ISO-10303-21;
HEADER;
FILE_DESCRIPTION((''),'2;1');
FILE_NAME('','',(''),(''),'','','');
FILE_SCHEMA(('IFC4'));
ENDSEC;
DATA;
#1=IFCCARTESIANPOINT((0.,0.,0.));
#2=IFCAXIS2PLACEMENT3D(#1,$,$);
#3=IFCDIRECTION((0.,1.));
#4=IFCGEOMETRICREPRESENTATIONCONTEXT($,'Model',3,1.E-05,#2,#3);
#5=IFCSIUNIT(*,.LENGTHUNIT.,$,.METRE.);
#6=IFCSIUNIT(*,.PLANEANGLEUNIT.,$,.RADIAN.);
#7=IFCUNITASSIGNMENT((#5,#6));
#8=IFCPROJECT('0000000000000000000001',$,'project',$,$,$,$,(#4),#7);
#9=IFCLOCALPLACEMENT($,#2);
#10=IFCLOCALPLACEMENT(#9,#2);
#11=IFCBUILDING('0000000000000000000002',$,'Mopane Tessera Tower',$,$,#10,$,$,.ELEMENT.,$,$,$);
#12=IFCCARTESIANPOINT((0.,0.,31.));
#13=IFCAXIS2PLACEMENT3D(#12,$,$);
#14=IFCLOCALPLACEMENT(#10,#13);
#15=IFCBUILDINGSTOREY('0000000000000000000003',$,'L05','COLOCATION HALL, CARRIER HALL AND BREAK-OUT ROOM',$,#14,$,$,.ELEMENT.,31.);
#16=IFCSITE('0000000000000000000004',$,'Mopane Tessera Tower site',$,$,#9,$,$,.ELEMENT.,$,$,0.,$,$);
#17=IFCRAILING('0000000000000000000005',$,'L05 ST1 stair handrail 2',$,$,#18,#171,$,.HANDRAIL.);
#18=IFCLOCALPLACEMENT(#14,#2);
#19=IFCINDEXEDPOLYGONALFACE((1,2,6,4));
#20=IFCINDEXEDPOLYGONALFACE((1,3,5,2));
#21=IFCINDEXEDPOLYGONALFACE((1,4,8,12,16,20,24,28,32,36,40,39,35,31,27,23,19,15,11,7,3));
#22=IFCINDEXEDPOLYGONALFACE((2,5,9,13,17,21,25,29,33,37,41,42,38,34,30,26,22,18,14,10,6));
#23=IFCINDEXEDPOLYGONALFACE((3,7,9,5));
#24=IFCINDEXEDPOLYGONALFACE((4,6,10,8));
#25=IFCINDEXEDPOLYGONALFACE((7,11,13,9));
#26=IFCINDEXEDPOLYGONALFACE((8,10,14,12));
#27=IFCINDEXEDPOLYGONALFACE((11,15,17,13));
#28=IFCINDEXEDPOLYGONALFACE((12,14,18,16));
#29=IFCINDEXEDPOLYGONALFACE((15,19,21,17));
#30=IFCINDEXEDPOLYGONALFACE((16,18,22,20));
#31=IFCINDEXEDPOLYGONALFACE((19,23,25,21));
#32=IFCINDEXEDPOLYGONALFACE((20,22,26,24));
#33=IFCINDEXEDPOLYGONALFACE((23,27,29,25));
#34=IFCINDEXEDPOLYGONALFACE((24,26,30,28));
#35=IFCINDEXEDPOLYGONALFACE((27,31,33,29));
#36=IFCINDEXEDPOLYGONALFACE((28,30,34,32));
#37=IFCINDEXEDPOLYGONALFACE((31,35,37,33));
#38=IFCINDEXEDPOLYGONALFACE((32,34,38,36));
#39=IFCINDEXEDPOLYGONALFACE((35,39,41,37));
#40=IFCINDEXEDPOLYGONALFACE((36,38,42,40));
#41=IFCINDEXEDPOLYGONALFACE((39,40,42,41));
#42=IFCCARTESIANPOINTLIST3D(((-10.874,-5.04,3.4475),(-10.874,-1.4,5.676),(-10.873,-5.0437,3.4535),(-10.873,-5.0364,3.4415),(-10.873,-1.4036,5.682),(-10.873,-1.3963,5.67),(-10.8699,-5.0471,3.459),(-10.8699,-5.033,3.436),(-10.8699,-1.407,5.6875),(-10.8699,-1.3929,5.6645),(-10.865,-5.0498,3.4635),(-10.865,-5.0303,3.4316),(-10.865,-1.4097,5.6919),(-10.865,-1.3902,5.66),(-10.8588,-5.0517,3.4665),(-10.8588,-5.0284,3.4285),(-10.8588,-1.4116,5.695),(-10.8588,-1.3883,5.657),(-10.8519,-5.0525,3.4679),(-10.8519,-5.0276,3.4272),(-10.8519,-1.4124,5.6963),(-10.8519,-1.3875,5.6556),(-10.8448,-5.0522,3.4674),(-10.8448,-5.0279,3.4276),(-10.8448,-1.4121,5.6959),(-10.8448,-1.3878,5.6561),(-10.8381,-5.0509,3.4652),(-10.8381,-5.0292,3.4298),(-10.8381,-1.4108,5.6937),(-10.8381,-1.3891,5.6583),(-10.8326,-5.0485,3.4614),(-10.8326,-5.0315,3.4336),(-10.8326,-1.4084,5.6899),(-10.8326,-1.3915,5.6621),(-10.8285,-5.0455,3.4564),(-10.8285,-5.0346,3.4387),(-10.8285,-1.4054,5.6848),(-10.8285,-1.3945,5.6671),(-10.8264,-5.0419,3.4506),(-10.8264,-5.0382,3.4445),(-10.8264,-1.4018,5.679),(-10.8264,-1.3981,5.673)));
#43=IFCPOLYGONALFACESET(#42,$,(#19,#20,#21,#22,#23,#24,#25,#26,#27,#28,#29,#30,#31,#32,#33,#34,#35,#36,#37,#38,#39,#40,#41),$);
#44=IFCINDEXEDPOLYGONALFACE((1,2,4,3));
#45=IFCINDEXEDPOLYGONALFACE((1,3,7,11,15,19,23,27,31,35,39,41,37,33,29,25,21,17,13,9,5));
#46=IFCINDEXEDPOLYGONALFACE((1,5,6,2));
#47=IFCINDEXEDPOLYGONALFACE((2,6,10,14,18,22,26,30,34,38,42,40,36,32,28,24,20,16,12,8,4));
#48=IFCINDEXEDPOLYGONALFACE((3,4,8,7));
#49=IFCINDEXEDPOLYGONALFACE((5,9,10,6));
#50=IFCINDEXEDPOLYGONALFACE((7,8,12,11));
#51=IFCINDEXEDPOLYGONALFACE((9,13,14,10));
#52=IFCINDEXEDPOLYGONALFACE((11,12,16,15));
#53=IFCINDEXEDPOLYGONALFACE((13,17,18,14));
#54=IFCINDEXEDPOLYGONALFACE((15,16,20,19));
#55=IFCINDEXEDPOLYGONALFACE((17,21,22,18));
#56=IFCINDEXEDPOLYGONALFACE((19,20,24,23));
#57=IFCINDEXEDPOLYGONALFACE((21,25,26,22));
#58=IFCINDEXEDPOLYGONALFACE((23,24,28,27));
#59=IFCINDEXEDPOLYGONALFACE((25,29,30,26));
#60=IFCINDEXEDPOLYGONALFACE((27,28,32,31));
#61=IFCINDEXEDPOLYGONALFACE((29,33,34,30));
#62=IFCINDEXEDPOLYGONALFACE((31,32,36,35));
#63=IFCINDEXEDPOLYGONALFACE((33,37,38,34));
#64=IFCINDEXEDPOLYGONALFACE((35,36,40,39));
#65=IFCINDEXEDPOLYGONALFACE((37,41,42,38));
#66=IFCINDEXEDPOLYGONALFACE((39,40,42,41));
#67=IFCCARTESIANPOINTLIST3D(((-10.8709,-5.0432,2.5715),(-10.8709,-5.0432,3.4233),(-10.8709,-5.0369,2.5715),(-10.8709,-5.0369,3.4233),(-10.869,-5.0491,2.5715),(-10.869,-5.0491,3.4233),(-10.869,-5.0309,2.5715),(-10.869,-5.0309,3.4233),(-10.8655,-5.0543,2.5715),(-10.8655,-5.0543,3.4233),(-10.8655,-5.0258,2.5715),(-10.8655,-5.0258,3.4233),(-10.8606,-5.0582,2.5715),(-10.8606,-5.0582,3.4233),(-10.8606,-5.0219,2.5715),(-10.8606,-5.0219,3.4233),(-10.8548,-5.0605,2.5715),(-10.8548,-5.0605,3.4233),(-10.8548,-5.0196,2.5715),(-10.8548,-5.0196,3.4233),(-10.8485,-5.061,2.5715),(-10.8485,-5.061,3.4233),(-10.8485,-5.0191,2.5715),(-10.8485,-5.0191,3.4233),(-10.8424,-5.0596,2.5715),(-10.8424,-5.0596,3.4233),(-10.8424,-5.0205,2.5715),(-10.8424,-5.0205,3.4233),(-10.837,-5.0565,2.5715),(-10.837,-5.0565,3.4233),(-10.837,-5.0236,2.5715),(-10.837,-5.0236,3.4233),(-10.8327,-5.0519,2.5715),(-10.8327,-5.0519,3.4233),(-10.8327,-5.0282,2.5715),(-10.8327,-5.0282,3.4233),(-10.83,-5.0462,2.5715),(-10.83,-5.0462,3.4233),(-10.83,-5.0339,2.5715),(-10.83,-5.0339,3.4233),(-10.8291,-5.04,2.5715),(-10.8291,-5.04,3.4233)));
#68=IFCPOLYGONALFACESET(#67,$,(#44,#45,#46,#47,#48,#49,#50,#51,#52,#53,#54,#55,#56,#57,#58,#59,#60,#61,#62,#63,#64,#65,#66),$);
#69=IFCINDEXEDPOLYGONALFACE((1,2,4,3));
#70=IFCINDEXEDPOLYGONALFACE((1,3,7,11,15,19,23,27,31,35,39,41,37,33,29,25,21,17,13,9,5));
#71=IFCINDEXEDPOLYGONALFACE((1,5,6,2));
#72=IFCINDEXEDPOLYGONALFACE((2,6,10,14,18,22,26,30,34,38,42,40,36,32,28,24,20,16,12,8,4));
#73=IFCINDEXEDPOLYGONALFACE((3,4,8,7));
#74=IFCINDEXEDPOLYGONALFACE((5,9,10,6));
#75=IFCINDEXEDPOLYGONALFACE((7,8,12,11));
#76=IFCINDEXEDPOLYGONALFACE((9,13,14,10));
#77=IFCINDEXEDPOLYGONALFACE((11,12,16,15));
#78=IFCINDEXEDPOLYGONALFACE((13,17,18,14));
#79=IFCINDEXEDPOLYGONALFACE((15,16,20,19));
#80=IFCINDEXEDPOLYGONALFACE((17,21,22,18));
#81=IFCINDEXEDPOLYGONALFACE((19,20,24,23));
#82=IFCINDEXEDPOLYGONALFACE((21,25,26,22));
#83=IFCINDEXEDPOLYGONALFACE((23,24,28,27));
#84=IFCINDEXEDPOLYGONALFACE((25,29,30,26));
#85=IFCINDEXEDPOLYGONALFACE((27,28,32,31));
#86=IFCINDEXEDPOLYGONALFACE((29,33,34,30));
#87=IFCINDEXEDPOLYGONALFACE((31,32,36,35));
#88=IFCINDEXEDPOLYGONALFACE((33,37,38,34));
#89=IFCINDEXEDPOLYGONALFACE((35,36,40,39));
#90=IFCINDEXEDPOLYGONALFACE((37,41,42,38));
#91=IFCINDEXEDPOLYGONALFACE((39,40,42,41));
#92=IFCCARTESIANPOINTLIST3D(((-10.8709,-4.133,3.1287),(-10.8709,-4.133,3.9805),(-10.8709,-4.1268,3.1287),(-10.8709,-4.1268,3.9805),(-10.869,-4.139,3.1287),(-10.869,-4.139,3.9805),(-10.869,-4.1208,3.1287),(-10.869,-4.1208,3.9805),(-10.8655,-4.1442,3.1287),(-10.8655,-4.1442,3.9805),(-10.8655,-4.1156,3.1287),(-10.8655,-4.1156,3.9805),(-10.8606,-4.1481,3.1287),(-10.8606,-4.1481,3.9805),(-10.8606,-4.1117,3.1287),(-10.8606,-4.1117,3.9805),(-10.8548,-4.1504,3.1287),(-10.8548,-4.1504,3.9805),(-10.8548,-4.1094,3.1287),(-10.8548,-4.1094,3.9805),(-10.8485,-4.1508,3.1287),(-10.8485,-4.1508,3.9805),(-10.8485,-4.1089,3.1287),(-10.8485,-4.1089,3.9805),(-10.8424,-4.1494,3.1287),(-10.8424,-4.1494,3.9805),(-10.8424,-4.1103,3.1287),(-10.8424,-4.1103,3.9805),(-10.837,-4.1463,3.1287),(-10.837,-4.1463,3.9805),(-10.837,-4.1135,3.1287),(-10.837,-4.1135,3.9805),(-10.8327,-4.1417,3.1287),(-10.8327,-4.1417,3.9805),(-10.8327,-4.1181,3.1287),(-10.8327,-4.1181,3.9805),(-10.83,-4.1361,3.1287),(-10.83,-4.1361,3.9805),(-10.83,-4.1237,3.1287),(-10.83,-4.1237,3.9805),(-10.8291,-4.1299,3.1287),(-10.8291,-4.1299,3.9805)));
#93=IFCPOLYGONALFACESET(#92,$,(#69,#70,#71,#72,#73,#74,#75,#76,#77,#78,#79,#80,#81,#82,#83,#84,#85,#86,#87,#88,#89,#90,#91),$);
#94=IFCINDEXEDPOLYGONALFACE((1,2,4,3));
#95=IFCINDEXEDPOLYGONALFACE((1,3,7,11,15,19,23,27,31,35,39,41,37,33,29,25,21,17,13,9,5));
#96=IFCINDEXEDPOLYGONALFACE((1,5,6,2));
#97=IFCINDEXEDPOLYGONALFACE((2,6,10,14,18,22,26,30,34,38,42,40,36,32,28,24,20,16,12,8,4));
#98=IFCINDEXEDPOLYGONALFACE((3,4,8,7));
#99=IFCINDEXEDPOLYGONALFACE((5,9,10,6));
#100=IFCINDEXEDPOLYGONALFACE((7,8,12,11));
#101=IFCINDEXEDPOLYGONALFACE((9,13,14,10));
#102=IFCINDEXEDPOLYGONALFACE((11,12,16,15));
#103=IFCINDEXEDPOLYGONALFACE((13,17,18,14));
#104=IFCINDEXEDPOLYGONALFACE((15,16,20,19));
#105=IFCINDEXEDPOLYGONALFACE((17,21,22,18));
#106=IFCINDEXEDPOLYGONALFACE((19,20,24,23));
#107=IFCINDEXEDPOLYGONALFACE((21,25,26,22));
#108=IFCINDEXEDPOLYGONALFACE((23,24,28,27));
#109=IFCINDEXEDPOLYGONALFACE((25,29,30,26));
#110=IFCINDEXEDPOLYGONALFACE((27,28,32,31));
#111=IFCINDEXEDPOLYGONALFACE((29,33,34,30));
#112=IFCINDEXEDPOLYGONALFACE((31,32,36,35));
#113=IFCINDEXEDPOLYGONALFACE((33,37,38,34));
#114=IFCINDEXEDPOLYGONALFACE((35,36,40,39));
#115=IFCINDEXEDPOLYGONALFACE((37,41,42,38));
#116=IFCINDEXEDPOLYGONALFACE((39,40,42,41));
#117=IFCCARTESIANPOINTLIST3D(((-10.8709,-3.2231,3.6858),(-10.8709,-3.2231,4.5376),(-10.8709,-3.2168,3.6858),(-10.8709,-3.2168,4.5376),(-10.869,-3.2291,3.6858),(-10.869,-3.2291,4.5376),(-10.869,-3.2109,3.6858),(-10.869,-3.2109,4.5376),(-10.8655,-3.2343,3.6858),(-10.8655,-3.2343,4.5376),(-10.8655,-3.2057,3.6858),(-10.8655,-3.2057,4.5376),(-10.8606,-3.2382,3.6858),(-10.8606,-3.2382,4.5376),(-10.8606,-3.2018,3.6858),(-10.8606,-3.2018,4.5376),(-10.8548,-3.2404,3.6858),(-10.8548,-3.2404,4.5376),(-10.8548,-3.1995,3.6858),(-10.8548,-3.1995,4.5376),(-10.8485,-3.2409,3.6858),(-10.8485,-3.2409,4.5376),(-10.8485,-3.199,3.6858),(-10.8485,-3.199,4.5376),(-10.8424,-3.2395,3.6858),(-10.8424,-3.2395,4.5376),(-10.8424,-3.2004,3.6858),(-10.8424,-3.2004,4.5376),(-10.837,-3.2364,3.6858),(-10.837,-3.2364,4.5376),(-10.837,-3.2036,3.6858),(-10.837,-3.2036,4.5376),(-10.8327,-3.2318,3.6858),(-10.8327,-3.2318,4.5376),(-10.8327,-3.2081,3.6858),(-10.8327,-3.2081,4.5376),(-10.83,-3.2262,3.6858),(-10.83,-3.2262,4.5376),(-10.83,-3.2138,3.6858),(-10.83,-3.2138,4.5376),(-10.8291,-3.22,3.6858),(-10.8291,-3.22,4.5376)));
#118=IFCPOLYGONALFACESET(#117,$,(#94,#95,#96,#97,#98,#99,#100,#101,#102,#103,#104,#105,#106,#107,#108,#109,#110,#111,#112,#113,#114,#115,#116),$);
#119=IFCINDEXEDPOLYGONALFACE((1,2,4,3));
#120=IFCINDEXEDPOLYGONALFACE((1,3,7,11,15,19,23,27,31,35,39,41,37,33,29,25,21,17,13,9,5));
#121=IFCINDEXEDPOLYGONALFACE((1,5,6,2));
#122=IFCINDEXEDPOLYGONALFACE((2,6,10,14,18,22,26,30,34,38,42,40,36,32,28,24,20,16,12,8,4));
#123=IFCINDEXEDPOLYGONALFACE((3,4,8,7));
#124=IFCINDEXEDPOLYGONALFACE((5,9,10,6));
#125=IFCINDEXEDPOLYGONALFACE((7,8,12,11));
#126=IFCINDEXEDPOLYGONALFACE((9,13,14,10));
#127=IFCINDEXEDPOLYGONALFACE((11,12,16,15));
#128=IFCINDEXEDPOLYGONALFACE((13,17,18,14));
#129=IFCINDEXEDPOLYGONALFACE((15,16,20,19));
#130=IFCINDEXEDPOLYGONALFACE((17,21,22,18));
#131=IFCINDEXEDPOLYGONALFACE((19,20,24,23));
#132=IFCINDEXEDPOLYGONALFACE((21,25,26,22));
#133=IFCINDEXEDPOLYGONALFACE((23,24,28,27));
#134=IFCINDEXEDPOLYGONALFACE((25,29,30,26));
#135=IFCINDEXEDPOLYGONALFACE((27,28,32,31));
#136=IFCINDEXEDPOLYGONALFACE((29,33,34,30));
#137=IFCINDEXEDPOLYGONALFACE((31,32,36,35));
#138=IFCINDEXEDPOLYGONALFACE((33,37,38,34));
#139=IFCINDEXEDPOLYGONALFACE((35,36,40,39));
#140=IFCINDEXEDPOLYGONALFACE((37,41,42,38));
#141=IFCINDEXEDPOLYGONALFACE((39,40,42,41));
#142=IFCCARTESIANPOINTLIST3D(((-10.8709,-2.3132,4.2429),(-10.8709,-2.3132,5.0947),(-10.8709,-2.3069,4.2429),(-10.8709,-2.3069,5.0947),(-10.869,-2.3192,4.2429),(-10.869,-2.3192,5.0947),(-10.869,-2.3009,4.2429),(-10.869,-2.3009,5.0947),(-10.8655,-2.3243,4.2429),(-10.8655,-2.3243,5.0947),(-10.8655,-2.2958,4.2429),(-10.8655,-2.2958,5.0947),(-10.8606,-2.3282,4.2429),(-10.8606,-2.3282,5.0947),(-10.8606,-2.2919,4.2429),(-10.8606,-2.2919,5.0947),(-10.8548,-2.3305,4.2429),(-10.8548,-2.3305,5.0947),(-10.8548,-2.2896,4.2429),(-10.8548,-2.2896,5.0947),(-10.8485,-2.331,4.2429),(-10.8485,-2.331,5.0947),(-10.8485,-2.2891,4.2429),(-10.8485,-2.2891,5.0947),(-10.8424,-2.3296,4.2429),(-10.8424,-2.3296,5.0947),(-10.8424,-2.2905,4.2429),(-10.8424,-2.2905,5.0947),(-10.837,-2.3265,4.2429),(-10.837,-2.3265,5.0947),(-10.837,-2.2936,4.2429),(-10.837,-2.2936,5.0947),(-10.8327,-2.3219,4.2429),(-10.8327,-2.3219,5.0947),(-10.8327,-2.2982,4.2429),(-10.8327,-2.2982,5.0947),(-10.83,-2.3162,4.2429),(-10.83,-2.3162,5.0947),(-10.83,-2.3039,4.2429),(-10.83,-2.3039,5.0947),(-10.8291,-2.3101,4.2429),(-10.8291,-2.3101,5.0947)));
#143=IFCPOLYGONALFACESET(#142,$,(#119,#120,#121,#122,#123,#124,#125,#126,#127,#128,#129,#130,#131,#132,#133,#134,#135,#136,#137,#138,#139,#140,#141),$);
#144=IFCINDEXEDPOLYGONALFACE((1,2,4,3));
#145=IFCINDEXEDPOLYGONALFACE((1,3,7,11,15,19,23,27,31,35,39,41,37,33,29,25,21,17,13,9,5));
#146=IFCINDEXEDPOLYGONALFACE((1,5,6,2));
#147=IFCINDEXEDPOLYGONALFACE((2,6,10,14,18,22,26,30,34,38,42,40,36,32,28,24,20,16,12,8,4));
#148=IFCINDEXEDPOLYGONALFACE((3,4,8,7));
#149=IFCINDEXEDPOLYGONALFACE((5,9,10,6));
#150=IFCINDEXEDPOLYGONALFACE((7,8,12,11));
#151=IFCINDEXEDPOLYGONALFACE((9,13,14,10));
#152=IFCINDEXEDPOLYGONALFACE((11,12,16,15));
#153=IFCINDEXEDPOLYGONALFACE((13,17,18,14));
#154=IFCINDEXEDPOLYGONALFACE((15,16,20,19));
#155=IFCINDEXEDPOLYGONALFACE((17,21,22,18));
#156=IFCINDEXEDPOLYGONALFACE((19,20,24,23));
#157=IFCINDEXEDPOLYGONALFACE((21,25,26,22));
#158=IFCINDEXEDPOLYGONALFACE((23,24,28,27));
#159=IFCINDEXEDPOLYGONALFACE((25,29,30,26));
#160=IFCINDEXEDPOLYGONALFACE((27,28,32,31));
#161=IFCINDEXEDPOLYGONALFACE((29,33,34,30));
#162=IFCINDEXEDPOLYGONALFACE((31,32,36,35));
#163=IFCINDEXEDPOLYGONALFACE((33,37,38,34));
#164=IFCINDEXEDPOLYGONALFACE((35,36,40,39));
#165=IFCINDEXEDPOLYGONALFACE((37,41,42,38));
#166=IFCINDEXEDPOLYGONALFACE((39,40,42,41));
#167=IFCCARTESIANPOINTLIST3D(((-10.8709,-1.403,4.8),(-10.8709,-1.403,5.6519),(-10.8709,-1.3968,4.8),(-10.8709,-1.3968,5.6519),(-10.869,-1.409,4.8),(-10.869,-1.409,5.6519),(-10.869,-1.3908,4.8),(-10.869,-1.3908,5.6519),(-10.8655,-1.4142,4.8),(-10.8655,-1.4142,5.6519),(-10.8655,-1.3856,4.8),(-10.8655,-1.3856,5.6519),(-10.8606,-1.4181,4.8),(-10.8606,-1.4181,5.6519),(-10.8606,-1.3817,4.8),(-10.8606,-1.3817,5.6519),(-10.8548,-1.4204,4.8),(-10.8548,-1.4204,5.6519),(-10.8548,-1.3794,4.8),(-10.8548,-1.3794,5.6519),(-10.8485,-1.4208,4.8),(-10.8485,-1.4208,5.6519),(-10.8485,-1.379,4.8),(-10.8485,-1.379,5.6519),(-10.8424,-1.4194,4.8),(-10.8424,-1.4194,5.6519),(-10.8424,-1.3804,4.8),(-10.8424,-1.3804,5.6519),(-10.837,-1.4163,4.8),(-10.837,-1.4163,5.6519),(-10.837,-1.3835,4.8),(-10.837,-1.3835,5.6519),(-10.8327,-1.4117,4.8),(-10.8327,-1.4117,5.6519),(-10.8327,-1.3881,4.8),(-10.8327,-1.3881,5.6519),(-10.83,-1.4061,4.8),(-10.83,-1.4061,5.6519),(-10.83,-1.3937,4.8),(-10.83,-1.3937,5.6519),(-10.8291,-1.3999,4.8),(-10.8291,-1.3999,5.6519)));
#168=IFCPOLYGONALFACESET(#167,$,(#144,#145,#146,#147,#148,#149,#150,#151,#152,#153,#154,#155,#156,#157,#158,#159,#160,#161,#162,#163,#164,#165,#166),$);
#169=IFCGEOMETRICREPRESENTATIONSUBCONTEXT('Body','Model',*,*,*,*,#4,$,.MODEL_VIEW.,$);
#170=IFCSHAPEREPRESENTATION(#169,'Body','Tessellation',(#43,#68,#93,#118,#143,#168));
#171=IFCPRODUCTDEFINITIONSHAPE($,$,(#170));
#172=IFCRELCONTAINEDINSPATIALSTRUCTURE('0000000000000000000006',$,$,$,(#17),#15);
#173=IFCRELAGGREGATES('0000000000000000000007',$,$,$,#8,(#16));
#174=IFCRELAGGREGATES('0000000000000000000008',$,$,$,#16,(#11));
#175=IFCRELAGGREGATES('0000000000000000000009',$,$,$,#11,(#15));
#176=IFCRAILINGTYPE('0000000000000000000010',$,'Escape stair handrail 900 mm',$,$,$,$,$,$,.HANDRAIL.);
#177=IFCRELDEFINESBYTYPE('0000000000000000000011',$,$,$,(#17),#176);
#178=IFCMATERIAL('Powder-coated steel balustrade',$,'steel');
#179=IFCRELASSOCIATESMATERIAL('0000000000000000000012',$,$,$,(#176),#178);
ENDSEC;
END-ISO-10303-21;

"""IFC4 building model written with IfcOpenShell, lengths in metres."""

from ifc_helpers import new_model, si_unit, direction, frame, origin, origin_2d, place, context, subcontext, project, spatial, circle, extrude, material, type_object, element, save


model = new_model("IFC4")

# Units and contexts
model_context = context("Model", 3, precision=1e-05, world=origin(), true_north=direction((0.0, 1.0)))
body_context = subcontext(model_context, "Body", "Model", "MODEL_VIEW")
ifc_project = project(units=[si_unit("LENGTHUNIT", "METRE"), si_unit("PLANEANGLEUNIT", "RADIAN")], contexts=[model_context])

# Site, building, storey
site_placement = place(None, origin())
site = spatial("IfcSite", under=ifc_project, at=site_placement, Name="Mopane Tessera Tower site", CompositionType="ELEMENT", RefElevation=0.0)
building_placement = place(site_placement, origin())
building = spatial("IfcBuilding", under=site, at=building_placement, Name="Mopane Tessera Tower", CompositionType="ELEMENT")
storey_placement = place(building_placement, frame((0.0, 0.0, 31.0)))
storey = spatial("IfcBuildingStorey", under=building, at=storey_placement, Name="L05", Description="COLOCATION HALL, CARRIER HALL AND BREAK-OUT ROOM", CompositionType="ELEMENT", Elevation=31.0)

# Railing
ifc_material_1 = material(Name="Powder-coated steel balustrade", Category="steel")
railing_type_1 = type_object("IfcRailingType", Name="Escape stair handrail 900 mm", PredefinedType="HANDRAIL", material=ifc_material_1)
railing_1_placement = place(storey_placement, frame((-10.8501, -5.04, 2.5715)))
element("IfcRailing", 1, at=railing_1_placement, inside=storey, type_object=railing_type_1, Name="L05 ST1 stair handrail 2", PredefinedType="HANDRAIL", context=body_context, shape_type="SweptSolid", body=[
    extrude(circle(Radius=0.0239, at=origin_2d()), frame((0.0, 0.0, 0.876), z_axis=(0.0, 0.852866, 0.52213), x_axis=(-1.0, 0.0, 0.0)), (0.0, 0.0, 1.0), 4.2681),
    extrude(circle(Radius=0.021, at=origin_2d()), origin(), (0.0, 0.0, 1.0), 0.8518),
    extrude(circle(Radius=0.021, at=origin_2d()), frame((0.0, 0.9102, 0.5571)), (0.0, 0.0, 1.0), 0.8518),
    extrude(circle(Radius=0.021, at=origin_2d()), frame((0.0, 1.8201, 1.1143)), (0.0, 0.0, 1.0), 0.8518),
    extrude(circle(Radius=0.021, at=origin_2d()), frame((0.0, 2.73, 1.6714)), (0.0, 0.0, 1.0), 0.8518),
    extrude(circle(Radius=0.021, at=origin_2d()), frame((0.0, 3.6401, 2.2285)), (0.0, 0.0, 1.0), 0.8518),
])

save(model, "model.ifc")
